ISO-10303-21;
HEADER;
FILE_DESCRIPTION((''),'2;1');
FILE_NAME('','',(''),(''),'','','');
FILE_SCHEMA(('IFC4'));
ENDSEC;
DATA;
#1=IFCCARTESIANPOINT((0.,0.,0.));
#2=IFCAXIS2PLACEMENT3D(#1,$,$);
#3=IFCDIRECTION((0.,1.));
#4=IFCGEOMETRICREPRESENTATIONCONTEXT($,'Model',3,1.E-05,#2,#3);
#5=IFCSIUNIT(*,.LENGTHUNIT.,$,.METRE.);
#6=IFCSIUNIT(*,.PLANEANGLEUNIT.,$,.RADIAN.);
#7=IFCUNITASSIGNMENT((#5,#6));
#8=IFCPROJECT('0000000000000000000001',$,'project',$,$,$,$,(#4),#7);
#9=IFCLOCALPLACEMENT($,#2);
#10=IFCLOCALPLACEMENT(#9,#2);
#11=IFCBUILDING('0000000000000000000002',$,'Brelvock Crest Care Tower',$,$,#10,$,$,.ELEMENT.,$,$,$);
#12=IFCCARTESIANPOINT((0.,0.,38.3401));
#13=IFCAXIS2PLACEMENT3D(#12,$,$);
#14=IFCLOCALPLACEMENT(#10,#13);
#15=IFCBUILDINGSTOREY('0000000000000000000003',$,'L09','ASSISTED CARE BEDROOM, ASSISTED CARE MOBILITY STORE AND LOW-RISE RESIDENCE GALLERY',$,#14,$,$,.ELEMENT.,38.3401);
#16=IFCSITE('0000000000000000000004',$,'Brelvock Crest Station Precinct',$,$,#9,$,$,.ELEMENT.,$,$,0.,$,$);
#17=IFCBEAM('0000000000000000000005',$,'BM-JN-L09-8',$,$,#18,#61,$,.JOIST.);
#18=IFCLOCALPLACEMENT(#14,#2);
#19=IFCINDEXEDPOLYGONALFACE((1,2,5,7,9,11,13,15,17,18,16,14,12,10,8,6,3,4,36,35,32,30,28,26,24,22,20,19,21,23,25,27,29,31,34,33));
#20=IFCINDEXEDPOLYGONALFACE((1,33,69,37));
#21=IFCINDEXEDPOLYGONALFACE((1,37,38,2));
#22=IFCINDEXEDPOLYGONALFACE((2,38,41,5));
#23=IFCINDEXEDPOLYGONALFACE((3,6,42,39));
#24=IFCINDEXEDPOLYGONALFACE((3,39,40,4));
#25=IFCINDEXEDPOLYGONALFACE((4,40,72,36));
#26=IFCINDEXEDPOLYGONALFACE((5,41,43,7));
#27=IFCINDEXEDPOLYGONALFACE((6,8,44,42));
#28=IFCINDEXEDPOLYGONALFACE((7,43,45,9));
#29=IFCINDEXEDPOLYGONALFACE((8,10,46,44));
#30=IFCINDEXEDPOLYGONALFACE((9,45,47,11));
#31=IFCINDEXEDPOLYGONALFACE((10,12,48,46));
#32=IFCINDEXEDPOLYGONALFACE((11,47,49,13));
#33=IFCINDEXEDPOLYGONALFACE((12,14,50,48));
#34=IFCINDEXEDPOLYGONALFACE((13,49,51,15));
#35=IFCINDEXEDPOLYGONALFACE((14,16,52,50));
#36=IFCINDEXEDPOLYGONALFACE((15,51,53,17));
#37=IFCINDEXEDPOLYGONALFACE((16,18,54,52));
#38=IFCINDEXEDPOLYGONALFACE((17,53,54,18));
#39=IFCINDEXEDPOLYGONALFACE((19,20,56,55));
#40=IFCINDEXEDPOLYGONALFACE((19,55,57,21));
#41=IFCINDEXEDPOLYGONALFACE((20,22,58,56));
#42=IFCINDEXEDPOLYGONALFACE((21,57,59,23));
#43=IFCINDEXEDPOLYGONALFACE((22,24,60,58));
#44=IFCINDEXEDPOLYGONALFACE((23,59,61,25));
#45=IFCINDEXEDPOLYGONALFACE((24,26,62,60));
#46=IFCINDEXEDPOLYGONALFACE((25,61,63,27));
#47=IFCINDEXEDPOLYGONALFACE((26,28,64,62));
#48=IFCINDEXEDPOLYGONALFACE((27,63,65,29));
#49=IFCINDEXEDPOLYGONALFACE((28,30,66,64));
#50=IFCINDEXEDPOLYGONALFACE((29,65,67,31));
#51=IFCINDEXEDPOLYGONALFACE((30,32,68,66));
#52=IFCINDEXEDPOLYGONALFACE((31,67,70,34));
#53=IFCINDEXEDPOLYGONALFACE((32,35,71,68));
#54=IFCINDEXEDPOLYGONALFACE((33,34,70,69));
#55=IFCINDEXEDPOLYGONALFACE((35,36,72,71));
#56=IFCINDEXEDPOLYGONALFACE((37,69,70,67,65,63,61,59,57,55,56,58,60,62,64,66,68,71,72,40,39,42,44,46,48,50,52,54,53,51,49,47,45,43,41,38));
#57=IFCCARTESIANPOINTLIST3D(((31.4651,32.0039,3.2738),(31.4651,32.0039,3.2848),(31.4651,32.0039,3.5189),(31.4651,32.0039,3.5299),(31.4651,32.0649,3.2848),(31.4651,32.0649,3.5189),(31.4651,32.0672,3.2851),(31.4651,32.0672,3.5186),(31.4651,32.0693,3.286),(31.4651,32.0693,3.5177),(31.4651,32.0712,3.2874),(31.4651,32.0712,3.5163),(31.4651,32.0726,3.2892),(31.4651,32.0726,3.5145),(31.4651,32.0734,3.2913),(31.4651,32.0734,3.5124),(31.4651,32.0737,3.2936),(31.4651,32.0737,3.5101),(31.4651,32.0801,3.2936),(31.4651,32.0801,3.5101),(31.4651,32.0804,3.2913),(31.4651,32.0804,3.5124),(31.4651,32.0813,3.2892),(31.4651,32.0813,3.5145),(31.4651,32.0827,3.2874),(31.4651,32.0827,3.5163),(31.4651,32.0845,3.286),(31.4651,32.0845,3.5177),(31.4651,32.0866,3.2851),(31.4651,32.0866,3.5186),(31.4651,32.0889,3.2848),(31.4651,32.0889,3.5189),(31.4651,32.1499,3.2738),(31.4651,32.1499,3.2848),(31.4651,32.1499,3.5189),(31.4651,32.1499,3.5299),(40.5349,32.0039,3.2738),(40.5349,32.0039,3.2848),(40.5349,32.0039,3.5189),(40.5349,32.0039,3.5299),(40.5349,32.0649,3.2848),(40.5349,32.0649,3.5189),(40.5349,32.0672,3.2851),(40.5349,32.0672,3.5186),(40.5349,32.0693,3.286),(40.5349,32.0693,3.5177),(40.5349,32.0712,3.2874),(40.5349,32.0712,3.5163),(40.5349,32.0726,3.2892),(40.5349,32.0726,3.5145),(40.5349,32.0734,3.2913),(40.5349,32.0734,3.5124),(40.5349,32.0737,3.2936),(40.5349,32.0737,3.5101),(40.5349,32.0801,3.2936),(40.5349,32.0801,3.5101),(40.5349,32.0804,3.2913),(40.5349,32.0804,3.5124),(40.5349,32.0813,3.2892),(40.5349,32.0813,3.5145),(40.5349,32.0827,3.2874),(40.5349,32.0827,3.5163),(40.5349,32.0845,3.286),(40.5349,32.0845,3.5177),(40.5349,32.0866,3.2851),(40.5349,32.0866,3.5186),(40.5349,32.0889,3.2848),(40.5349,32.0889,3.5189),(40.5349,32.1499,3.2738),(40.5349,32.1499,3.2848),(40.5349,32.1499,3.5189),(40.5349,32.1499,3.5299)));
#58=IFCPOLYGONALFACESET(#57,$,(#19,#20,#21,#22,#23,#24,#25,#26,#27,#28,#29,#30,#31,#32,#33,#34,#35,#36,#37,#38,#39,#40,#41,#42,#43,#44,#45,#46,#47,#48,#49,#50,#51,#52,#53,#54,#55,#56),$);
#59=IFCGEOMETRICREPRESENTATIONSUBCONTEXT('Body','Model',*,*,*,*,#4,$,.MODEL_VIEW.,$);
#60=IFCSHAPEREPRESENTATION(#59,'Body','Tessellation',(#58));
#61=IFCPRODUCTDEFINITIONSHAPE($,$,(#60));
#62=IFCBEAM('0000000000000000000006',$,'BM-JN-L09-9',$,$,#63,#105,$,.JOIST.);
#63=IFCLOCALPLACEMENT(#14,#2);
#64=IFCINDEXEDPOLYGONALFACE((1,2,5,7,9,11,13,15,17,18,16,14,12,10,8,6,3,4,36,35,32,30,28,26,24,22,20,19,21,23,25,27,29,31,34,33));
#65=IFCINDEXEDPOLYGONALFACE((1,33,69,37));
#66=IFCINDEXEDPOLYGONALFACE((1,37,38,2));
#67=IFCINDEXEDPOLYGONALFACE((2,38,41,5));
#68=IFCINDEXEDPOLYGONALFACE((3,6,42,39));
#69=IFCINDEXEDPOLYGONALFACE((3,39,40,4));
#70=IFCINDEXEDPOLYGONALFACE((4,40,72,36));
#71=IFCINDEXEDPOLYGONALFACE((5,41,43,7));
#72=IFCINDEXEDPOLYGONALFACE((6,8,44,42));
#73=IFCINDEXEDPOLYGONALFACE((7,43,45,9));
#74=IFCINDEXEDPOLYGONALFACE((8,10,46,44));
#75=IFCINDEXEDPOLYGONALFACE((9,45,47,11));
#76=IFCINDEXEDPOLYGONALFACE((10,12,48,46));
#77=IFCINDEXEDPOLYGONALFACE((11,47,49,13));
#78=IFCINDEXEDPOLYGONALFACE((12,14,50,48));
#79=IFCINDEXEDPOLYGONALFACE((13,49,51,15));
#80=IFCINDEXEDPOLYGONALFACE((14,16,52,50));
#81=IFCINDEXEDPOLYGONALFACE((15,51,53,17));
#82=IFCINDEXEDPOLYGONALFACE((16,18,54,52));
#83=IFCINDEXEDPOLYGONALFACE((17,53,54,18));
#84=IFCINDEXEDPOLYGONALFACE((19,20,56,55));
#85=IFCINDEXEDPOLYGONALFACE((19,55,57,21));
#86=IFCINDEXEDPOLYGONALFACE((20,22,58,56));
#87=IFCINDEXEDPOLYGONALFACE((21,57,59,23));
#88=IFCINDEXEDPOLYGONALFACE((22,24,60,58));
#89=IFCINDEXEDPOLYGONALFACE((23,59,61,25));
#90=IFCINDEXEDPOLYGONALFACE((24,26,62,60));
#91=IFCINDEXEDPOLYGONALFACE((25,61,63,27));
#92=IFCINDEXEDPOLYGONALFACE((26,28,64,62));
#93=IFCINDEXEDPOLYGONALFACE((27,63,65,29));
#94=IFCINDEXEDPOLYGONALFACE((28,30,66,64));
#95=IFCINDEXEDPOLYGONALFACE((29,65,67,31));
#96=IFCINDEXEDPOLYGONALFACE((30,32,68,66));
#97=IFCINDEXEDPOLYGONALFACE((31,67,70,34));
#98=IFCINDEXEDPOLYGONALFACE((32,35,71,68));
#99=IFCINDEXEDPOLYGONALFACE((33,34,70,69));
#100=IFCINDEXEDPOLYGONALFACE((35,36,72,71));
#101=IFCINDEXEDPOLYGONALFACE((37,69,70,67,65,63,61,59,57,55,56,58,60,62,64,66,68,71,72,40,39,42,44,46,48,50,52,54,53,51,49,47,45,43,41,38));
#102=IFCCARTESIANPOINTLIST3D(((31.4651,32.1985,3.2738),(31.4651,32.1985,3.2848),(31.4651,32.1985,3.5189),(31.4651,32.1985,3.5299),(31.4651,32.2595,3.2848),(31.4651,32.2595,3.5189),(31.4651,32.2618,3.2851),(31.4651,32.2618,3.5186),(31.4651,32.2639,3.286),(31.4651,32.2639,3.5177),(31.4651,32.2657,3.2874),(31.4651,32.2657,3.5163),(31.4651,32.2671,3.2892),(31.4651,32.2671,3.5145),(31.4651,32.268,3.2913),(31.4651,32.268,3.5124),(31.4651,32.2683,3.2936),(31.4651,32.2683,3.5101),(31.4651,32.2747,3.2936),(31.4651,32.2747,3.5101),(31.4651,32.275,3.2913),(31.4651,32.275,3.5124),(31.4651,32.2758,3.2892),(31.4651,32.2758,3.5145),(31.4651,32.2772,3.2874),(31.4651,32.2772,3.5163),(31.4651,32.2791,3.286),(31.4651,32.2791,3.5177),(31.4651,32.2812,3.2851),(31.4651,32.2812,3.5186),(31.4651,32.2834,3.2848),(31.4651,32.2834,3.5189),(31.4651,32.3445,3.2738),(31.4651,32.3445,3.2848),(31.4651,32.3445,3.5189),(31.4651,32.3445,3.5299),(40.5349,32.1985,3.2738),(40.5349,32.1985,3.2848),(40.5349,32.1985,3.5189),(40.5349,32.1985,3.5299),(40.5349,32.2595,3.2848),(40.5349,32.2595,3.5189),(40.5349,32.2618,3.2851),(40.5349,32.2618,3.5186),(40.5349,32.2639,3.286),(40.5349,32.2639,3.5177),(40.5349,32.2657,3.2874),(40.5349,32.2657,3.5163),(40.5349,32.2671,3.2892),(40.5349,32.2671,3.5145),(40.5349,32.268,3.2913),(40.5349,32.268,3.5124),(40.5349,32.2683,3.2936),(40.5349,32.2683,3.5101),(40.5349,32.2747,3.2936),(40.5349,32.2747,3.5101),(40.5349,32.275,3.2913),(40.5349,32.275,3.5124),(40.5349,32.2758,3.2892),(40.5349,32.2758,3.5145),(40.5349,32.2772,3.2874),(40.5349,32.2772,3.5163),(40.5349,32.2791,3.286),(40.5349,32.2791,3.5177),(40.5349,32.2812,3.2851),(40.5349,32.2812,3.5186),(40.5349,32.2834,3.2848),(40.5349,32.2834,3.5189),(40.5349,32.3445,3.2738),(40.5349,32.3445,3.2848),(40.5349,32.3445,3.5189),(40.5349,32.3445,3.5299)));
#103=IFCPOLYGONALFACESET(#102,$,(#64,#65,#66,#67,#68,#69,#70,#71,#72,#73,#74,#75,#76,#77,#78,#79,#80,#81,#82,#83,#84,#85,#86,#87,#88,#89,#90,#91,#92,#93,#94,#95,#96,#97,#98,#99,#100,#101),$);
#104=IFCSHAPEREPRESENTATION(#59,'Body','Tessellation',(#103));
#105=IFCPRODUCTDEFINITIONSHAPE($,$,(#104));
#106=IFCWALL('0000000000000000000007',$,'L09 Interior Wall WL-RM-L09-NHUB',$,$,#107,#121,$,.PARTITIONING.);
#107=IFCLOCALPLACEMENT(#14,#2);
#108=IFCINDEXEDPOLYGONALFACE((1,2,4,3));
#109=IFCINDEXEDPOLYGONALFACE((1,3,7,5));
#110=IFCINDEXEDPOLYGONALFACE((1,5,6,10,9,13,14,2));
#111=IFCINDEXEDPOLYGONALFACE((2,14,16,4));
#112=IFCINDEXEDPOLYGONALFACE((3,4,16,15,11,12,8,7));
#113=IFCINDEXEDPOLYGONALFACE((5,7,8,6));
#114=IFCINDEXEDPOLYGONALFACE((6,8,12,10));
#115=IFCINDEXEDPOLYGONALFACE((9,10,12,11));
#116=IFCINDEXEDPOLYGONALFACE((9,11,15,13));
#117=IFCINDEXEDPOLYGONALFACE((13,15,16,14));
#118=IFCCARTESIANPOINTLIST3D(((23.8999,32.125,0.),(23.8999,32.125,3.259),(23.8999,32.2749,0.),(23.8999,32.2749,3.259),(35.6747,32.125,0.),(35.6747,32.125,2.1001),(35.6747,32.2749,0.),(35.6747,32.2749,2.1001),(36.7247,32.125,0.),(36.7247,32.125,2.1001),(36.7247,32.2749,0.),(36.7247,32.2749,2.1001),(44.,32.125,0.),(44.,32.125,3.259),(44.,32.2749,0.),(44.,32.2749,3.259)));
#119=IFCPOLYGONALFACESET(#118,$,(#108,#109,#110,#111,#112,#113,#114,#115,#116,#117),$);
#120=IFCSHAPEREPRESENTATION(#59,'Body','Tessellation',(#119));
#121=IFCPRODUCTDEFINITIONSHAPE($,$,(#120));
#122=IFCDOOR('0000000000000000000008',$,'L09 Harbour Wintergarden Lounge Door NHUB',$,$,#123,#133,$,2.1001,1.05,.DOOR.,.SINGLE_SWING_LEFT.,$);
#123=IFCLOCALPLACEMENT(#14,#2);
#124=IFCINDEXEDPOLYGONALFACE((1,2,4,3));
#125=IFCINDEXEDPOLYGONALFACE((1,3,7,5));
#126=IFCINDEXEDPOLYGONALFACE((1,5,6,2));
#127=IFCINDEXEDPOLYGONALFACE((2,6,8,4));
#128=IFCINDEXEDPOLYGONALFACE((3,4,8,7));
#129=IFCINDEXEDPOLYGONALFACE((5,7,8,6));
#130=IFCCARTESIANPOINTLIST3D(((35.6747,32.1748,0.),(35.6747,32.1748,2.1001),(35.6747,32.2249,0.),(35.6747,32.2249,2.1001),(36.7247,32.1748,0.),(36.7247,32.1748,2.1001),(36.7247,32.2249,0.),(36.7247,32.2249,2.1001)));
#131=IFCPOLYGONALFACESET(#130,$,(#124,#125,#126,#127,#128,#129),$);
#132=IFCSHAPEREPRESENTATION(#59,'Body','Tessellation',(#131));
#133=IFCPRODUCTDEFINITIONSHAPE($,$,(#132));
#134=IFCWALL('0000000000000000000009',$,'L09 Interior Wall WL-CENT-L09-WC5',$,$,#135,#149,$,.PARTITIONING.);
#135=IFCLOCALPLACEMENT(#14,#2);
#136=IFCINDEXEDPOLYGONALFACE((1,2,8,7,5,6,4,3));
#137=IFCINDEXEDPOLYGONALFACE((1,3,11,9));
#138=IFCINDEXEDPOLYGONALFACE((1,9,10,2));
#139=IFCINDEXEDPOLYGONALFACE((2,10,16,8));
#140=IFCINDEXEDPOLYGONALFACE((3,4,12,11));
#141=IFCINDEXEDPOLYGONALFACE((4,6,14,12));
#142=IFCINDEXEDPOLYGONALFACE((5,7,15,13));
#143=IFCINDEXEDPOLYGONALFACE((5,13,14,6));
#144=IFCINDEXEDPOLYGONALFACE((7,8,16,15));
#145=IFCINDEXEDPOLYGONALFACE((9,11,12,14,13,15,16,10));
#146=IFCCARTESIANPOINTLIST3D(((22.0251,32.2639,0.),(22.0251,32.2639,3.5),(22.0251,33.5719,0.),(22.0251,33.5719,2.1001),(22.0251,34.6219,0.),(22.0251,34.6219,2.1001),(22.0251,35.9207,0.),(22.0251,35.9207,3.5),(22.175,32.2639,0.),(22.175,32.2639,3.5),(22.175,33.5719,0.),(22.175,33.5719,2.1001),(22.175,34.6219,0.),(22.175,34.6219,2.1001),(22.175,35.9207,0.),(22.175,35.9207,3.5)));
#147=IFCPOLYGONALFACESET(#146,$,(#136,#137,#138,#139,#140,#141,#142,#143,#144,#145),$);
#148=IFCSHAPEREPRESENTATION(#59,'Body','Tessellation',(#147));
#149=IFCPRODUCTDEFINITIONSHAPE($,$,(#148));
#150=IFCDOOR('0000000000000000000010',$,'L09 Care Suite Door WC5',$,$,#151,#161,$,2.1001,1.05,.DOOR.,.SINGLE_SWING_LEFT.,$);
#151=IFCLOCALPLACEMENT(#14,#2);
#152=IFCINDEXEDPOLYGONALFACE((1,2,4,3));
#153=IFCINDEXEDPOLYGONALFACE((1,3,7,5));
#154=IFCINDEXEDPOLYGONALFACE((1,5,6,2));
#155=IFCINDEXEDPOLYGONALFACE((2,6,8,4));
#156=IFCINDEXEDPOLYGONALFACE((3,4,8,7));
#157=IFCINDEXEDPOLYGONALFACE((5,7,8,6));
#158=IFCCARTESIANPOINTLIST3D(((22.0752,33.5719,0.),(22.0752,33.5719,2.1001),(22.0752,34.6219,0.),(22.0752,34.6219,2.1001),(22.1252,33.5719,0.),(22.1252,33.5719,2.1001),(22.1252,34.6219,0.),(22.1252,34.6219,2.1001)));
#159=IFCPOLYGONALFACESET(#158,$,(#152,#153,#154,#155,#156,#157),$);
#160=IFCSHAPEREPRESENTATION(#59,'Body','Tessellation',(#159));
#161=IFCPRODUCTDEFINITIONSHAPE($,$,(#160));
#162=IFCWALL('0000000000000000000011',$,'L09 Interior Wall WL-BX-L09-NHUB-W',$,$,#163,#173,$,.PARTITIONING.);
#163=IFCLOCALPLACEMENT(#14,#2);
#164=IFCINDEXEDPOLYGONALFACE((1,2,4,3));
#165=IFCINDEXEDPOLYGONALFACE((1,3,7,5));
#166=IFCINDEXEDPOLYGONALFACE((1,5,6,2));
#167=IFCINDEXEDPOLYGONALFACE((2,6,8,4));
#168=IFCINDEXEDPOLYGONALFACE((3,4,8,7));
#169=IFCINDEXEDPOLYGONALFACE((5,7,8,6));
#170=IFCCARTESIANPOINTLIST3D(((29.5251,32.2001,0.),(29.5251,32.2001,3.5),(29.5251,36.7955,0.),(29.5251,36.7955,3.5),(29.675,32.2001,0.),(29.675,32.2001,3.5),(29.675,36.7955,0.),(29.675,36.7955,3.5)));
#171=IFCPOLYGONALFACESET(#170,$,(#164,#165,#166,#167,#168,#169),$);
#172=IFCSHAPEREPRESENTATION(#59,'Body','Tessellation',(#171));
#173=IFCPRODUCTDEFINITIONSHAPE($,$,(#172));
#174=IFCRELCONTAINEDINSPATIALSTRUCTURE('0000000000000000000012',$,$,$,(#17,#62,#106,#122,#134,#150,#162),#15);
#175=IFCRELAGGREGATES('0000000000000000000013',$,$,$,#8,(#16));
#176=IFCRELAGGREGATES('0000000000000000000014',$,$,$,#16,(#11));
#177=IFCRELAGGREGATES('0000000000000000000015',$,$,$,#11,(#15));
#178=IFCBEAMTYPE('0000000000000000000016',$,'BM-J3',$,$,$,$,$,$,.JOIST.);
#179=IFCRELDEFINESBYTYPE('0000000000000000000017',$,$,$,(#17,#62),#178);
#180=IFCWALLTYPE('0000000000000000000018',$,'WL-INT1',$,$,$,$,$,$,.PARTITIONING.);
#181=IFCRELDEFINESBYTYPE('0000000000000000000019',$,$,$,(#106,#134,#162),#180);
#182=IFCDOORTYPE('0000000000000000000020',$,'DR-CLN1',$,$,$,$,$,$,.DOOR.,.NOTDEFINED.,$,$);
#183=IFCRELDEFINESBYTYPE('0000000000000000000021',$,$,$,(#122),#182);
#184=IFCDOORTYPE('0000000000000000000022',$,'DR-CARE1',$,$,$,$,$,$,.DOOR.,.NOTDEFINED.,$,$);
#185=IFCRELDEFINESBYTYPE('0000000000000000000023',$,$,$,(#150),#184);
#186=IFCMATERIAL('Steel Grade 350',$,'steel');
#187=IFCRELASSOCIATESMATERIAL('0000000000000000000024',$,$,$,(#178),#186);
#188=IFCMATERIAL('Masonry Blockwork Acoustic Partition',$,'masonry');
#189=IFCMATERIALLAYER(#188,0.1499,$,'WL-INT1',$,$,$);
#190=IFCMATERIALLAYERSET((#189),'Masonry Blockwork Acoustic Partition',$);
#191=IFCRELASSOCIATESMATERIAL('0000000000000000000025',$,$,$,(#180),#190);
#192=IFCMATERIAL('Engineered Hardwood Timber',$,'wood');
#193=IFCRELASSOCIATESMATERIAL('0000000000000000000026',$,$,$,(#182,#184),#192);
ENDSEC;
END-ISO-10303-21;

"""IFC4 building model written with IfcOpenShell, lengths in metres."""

from ifc_helpers import new_model, si_unit, direction, frame, frame_2d, origin, origin_2d, place, context, subcontext, project, spatial, rectangle, i_section, extrude, source, transform, mapped, material, layer, layer_set, material_profile, profile_set, type_object, element, fill, save


model = new_model("IFC4")

# Units and contexts
model_context = context("Model", 3, precision=1e-05, world=origin(), true_north=direction((0.0, 1.0)))
body_context = subcontext(model_context, "Body", "Model", "MODEL_VIEW")
ifc_project = project(units=[si_unit("LENGTHUNIT", "METRE"), si_unit("PLANEANGLEUNIT", "RADIAN")], contexts=[model_context])

# Site, building, storey
site_placement = place(None, origin())
site = spatial("IfcSite", under=ifc_project, at=site_placement, Name="Brelvock Crest Station Precinct", CompositionType="ELEMENT", RefElevation=0.0)
building_placement = place(site_placement, origin())
building = spatial("IfcBuilding", under=site, at=building_placement, Name="Brelvock Crest Care Tower", CompositionType="ELEMENT")
storey_placement = place(building_placement, frame((0.0, 0.0, 38.3401)))
storey = spatial("IfcBuildingStorey", under=building, at=storey_placement, Name="L09", Description="ASSISTED CARE BEDROOM, ASSISTED CARE MOBILITY STORE AND LOW-RISE RESIDENCE GALLERY", CompositionType="ELEMENT", Elevation=38.3401)

# Beams
ifc_material_1 = material(Name="Steel Grade 350", Category="steel")
ifc_material_profile = material_profile(ifc_material_1, i_section(OverallWidth=0.146, OverallDepth=0.2561, WebThickness=0.0063, FlangeThickness=0.011, FilletRadius=0.0088, at=origin_2d()), Name="250UB37.3")
ifc_profile_set = profile_set([ifc_material_profile], Name="Steel Grade 350")
beam_type = type_object("IfcBeamType", Name="BM-J3", PredefinedType="JOIST", material=ifc_profile_set)
shared_shape_1 = source(origin(), body_context, "Body", "SweptSolid", [
    extrude(i_section(OverallWidth=0.146, OverallDepth=0.2561, WebThickness=0.0063, FlangeThickness=0.011, FilletRadius=0.0088, at=origin_2d()), origin(), (0.0, 0.0, 1.0), 9.0698),
])
for number, where, z_axis, x_axis, name in (
    (1, (31.4651, 32.0769, 3.4019), (1.0, 0.0, 0.0), (0.0, 1.0, 0.0), "BM-JN-L09-8"),
    (2, (31.4651, 32.2715, 3.4019), (1.0, 0.0, 0.0), (0.0, 1.0, 0.0), "BM-JN-L09-9"),
):
    element("IfcBeam", number, at=place(storey_placement, frame(where, z_axis=z_axis, x_axis=x_axis)), inside=storey, type_object=beam_type, Name=name, PredefinedType="JOIST", context=body_context, shape_type="MappedRepresentation", body=[
        mapped(shared_shape_1, transform((0.0, 0.0, 0.0), x_axis=(1.0, 0.0, 0.0), y_axis=(0.0, 1.0, 0.0), z_axis=(0.0, 0.0, 1.0), scale=1.0)),
    ])

# Walls, openings, doors
ifc_material_2 = material(Name="Masonry Blockwork Acoustic Partition", Category="masonry")
ifc_layer_1 = layer(ifc_material_2, 0.1499, Name="WL-INT1")
ifc_layer_set_1 = layer_set([ifc_layer_1], Name="Masonry Blockwork Acoustic Partition")
wall_type_1 = type_object("IfcWallType", Name="WL-INT1", PredefinedType="PARTITIONING", material=ifc_layer_set_1)
wall_1_placement = place(storey_placement, frame((23.8999, 32.2, 0.0), z_axis=(0.0, 0.0, 1.0), x_axis=(1.0, 0.0, 0.0)))
wall_1 = element("IfcWall", 3, at=wall_1_placement, inside=storey, type_object=wall_type_1, Name="L09 Interior Wall WL-RM-L09-NHUB", PredefinedType="PARTITIONING", context=body_context, shape_type="SweptSolid", body=[
    extrude(rectangle(XDim=20.1001, YDim=0.1499, at=frame_2d((10.05, 0.0))), origin(), (0.0, 0.0, 1.0), 3.259),
])
opening_1_placement = place(wall_1_placement, frame((11.7749, 0.0, 0.0)))
opening_1 = element("IfcOpeningElement", 4, at=opening_1_placement, cuts=wall_1, PredefinedType="OPENING", context=body_context, shape_type="SweptSolid", body=[
    extrude(rectangle(XDim=1.05, YDim=2.1001, at=origin_2d()), frame((0.5249, 0.085, 1.05), z_axis=(0.0, -1.0, 0.0), x_axis=(1.0, 0.0, 0.0)), (0.0, 0.0, 1.0), 0.1699),
])
ifc_material_3 = material(Name="Engineered Hardwood Timber", Category="wood")
door_type_1 = type_object("IfcDoorType", Name="DR-CLN1", OperationType="NOTDEFINED", PredefinedType="DOOR", material=ifc_material_3)
shared_shape_2 = source(origin(), body_context, "Body", "SweptSolid", [
    extrude(rectangle(XDim=1.05, YDim=2.1001, at=origin_2d()), frame((0.5249, 0.0249, 1.05), z_axis=(0.0, -1.0, 0.0), x_axis=(1.0, 0.0, 0.0)), (0.0, 0.0, 1.0), 0.05),
])
door_1_placement = place(opening_1_placement, origin())
door_1 = element("IfcDoor", 5, at=door_1_placement, inside=storey, type_object=door_type_1, Name="L09 Harbour Wintergarden Lounge Door NHUB", OperationType="SINGLE_SWING_LEFT", OverallHeight=2.1001, OverallWidth=1.05, PredefinedType="DOOR", context=body_context, shape_type="MappedRepresentation", body=[
    mapped(shared_shape_2, transform((0.0, 0.0, 0.0), x_axis=(1.0, 0.0, 0.0), y_axis=(0.0, 1.0, 0.0), z_axis=(0.0, 0.0, 1.0), scale=1.0)),
])
fill(opening_1, door_1)
wall_2_placement = place(storey_placement, frame((22.1001, 32.2639, 0.0), z_axis=(0.0, 0.0, 1.0), x_axis=(0.0, 1.0, 0.0)))
wall_2 = element("IfcWall", 6, at=wall_2_placement, inside=storey, type_object=wall_type_1, Name="L09 Interior Wall WL-CENT-L09-WC5", PredefinedType="PARTITIONING", context=body_context, shape_type="SweptSolid", body=[
    extrude(rectangle(XDim=3.6567, YDim=0.1499, at=frame_2d((1.8284, 0.0))), origin(), (0.0, 0.0, 1.0), 3.5),
])
opening_2_placement = place(wall_2_placement, frame((1.3081, 0.0, 0.0)))
opening_2 = element("IfcOpeningElement", 7, at=opening_2_placement, cuts=wall_2, PredefinedType="OPENING", context=body_context, shape_type="SweptSolid", body=[
    extrude(rectangle(XDim=1.05, YDim=2.1001, at=origin_2d()), frame((0.5249, 0.085, 1.05), z_axis=(0.0, -1.0, 0.0), x_axis=(1.0, 0.0, 0.0)), (0.0, 0.0, 1.0), 0.1699),
])
door_type_2 = type_object("IfcDoorType", Name="DR-CARE1", OperationType="NOTDEFINED", PredefinedType="DOOR", material=ifc_material_3)
shared_shape_3 = source(origin(), body_context, "Body", "SweptSolid", [
    extrude(rectangle(XDim=1.05, YDim=2.1001, at=origin_2d()), frame((0.5249, 0.0249, 1.05), z_axis=(0.0, -1.0, 0.0), x_axis=(1.0, 0.0, 0.0)), (0.0, 0.0, 1.0), 0.05),
])
door_2_placement = place(opening_2_placement, origin())
door_2 = element("IfcDoor", 8, at=door_2_placement, inside=storey, type_object=door_type_2, Name="L09 Care Suite Door WC5", OperationType="SINGLE_SWING_LEFT", OverallHeight=2.1001, OverallWidth=1.05, PredefinedType="DOOR", context=body_context, shape_type="MappedRepresentation", body=[
    mapped(shared_shape_3, transform((0.0, 0.0, 0.0), x_axis=(1.0, 0.0, 0.0), y_axis=(0.0, 1.0, 0.0), z_axis=(0.0, 0.0, 1.0), scale=1.0)),
])
fill(opening_2, door_2)

# Wall
wall_3_placement = place(storey_placement, frame((29.6001, 32.2, 0.0), z_axis=(0.0, 0.0, 1.0), x_axis=(0.0, 1.0, 0.0)))
element("IfcWall", 9, at=wall_3_placement, inside=storey, type_object=wall_type_1, Name="L09 Interior Wall WL-BX-L09-NHUB-W", PredefinedType="PARTITIONING", context=body_context, shape_type="SweptSolid", body=[
    extrude(rectangle(XDim=4.5955, YDim=0.1499, at=frame_2d((2.2979, 0.0))), origin(), (0.0, 0.0, 1.0), 3.5),
])

save(model, "model.ifc")
